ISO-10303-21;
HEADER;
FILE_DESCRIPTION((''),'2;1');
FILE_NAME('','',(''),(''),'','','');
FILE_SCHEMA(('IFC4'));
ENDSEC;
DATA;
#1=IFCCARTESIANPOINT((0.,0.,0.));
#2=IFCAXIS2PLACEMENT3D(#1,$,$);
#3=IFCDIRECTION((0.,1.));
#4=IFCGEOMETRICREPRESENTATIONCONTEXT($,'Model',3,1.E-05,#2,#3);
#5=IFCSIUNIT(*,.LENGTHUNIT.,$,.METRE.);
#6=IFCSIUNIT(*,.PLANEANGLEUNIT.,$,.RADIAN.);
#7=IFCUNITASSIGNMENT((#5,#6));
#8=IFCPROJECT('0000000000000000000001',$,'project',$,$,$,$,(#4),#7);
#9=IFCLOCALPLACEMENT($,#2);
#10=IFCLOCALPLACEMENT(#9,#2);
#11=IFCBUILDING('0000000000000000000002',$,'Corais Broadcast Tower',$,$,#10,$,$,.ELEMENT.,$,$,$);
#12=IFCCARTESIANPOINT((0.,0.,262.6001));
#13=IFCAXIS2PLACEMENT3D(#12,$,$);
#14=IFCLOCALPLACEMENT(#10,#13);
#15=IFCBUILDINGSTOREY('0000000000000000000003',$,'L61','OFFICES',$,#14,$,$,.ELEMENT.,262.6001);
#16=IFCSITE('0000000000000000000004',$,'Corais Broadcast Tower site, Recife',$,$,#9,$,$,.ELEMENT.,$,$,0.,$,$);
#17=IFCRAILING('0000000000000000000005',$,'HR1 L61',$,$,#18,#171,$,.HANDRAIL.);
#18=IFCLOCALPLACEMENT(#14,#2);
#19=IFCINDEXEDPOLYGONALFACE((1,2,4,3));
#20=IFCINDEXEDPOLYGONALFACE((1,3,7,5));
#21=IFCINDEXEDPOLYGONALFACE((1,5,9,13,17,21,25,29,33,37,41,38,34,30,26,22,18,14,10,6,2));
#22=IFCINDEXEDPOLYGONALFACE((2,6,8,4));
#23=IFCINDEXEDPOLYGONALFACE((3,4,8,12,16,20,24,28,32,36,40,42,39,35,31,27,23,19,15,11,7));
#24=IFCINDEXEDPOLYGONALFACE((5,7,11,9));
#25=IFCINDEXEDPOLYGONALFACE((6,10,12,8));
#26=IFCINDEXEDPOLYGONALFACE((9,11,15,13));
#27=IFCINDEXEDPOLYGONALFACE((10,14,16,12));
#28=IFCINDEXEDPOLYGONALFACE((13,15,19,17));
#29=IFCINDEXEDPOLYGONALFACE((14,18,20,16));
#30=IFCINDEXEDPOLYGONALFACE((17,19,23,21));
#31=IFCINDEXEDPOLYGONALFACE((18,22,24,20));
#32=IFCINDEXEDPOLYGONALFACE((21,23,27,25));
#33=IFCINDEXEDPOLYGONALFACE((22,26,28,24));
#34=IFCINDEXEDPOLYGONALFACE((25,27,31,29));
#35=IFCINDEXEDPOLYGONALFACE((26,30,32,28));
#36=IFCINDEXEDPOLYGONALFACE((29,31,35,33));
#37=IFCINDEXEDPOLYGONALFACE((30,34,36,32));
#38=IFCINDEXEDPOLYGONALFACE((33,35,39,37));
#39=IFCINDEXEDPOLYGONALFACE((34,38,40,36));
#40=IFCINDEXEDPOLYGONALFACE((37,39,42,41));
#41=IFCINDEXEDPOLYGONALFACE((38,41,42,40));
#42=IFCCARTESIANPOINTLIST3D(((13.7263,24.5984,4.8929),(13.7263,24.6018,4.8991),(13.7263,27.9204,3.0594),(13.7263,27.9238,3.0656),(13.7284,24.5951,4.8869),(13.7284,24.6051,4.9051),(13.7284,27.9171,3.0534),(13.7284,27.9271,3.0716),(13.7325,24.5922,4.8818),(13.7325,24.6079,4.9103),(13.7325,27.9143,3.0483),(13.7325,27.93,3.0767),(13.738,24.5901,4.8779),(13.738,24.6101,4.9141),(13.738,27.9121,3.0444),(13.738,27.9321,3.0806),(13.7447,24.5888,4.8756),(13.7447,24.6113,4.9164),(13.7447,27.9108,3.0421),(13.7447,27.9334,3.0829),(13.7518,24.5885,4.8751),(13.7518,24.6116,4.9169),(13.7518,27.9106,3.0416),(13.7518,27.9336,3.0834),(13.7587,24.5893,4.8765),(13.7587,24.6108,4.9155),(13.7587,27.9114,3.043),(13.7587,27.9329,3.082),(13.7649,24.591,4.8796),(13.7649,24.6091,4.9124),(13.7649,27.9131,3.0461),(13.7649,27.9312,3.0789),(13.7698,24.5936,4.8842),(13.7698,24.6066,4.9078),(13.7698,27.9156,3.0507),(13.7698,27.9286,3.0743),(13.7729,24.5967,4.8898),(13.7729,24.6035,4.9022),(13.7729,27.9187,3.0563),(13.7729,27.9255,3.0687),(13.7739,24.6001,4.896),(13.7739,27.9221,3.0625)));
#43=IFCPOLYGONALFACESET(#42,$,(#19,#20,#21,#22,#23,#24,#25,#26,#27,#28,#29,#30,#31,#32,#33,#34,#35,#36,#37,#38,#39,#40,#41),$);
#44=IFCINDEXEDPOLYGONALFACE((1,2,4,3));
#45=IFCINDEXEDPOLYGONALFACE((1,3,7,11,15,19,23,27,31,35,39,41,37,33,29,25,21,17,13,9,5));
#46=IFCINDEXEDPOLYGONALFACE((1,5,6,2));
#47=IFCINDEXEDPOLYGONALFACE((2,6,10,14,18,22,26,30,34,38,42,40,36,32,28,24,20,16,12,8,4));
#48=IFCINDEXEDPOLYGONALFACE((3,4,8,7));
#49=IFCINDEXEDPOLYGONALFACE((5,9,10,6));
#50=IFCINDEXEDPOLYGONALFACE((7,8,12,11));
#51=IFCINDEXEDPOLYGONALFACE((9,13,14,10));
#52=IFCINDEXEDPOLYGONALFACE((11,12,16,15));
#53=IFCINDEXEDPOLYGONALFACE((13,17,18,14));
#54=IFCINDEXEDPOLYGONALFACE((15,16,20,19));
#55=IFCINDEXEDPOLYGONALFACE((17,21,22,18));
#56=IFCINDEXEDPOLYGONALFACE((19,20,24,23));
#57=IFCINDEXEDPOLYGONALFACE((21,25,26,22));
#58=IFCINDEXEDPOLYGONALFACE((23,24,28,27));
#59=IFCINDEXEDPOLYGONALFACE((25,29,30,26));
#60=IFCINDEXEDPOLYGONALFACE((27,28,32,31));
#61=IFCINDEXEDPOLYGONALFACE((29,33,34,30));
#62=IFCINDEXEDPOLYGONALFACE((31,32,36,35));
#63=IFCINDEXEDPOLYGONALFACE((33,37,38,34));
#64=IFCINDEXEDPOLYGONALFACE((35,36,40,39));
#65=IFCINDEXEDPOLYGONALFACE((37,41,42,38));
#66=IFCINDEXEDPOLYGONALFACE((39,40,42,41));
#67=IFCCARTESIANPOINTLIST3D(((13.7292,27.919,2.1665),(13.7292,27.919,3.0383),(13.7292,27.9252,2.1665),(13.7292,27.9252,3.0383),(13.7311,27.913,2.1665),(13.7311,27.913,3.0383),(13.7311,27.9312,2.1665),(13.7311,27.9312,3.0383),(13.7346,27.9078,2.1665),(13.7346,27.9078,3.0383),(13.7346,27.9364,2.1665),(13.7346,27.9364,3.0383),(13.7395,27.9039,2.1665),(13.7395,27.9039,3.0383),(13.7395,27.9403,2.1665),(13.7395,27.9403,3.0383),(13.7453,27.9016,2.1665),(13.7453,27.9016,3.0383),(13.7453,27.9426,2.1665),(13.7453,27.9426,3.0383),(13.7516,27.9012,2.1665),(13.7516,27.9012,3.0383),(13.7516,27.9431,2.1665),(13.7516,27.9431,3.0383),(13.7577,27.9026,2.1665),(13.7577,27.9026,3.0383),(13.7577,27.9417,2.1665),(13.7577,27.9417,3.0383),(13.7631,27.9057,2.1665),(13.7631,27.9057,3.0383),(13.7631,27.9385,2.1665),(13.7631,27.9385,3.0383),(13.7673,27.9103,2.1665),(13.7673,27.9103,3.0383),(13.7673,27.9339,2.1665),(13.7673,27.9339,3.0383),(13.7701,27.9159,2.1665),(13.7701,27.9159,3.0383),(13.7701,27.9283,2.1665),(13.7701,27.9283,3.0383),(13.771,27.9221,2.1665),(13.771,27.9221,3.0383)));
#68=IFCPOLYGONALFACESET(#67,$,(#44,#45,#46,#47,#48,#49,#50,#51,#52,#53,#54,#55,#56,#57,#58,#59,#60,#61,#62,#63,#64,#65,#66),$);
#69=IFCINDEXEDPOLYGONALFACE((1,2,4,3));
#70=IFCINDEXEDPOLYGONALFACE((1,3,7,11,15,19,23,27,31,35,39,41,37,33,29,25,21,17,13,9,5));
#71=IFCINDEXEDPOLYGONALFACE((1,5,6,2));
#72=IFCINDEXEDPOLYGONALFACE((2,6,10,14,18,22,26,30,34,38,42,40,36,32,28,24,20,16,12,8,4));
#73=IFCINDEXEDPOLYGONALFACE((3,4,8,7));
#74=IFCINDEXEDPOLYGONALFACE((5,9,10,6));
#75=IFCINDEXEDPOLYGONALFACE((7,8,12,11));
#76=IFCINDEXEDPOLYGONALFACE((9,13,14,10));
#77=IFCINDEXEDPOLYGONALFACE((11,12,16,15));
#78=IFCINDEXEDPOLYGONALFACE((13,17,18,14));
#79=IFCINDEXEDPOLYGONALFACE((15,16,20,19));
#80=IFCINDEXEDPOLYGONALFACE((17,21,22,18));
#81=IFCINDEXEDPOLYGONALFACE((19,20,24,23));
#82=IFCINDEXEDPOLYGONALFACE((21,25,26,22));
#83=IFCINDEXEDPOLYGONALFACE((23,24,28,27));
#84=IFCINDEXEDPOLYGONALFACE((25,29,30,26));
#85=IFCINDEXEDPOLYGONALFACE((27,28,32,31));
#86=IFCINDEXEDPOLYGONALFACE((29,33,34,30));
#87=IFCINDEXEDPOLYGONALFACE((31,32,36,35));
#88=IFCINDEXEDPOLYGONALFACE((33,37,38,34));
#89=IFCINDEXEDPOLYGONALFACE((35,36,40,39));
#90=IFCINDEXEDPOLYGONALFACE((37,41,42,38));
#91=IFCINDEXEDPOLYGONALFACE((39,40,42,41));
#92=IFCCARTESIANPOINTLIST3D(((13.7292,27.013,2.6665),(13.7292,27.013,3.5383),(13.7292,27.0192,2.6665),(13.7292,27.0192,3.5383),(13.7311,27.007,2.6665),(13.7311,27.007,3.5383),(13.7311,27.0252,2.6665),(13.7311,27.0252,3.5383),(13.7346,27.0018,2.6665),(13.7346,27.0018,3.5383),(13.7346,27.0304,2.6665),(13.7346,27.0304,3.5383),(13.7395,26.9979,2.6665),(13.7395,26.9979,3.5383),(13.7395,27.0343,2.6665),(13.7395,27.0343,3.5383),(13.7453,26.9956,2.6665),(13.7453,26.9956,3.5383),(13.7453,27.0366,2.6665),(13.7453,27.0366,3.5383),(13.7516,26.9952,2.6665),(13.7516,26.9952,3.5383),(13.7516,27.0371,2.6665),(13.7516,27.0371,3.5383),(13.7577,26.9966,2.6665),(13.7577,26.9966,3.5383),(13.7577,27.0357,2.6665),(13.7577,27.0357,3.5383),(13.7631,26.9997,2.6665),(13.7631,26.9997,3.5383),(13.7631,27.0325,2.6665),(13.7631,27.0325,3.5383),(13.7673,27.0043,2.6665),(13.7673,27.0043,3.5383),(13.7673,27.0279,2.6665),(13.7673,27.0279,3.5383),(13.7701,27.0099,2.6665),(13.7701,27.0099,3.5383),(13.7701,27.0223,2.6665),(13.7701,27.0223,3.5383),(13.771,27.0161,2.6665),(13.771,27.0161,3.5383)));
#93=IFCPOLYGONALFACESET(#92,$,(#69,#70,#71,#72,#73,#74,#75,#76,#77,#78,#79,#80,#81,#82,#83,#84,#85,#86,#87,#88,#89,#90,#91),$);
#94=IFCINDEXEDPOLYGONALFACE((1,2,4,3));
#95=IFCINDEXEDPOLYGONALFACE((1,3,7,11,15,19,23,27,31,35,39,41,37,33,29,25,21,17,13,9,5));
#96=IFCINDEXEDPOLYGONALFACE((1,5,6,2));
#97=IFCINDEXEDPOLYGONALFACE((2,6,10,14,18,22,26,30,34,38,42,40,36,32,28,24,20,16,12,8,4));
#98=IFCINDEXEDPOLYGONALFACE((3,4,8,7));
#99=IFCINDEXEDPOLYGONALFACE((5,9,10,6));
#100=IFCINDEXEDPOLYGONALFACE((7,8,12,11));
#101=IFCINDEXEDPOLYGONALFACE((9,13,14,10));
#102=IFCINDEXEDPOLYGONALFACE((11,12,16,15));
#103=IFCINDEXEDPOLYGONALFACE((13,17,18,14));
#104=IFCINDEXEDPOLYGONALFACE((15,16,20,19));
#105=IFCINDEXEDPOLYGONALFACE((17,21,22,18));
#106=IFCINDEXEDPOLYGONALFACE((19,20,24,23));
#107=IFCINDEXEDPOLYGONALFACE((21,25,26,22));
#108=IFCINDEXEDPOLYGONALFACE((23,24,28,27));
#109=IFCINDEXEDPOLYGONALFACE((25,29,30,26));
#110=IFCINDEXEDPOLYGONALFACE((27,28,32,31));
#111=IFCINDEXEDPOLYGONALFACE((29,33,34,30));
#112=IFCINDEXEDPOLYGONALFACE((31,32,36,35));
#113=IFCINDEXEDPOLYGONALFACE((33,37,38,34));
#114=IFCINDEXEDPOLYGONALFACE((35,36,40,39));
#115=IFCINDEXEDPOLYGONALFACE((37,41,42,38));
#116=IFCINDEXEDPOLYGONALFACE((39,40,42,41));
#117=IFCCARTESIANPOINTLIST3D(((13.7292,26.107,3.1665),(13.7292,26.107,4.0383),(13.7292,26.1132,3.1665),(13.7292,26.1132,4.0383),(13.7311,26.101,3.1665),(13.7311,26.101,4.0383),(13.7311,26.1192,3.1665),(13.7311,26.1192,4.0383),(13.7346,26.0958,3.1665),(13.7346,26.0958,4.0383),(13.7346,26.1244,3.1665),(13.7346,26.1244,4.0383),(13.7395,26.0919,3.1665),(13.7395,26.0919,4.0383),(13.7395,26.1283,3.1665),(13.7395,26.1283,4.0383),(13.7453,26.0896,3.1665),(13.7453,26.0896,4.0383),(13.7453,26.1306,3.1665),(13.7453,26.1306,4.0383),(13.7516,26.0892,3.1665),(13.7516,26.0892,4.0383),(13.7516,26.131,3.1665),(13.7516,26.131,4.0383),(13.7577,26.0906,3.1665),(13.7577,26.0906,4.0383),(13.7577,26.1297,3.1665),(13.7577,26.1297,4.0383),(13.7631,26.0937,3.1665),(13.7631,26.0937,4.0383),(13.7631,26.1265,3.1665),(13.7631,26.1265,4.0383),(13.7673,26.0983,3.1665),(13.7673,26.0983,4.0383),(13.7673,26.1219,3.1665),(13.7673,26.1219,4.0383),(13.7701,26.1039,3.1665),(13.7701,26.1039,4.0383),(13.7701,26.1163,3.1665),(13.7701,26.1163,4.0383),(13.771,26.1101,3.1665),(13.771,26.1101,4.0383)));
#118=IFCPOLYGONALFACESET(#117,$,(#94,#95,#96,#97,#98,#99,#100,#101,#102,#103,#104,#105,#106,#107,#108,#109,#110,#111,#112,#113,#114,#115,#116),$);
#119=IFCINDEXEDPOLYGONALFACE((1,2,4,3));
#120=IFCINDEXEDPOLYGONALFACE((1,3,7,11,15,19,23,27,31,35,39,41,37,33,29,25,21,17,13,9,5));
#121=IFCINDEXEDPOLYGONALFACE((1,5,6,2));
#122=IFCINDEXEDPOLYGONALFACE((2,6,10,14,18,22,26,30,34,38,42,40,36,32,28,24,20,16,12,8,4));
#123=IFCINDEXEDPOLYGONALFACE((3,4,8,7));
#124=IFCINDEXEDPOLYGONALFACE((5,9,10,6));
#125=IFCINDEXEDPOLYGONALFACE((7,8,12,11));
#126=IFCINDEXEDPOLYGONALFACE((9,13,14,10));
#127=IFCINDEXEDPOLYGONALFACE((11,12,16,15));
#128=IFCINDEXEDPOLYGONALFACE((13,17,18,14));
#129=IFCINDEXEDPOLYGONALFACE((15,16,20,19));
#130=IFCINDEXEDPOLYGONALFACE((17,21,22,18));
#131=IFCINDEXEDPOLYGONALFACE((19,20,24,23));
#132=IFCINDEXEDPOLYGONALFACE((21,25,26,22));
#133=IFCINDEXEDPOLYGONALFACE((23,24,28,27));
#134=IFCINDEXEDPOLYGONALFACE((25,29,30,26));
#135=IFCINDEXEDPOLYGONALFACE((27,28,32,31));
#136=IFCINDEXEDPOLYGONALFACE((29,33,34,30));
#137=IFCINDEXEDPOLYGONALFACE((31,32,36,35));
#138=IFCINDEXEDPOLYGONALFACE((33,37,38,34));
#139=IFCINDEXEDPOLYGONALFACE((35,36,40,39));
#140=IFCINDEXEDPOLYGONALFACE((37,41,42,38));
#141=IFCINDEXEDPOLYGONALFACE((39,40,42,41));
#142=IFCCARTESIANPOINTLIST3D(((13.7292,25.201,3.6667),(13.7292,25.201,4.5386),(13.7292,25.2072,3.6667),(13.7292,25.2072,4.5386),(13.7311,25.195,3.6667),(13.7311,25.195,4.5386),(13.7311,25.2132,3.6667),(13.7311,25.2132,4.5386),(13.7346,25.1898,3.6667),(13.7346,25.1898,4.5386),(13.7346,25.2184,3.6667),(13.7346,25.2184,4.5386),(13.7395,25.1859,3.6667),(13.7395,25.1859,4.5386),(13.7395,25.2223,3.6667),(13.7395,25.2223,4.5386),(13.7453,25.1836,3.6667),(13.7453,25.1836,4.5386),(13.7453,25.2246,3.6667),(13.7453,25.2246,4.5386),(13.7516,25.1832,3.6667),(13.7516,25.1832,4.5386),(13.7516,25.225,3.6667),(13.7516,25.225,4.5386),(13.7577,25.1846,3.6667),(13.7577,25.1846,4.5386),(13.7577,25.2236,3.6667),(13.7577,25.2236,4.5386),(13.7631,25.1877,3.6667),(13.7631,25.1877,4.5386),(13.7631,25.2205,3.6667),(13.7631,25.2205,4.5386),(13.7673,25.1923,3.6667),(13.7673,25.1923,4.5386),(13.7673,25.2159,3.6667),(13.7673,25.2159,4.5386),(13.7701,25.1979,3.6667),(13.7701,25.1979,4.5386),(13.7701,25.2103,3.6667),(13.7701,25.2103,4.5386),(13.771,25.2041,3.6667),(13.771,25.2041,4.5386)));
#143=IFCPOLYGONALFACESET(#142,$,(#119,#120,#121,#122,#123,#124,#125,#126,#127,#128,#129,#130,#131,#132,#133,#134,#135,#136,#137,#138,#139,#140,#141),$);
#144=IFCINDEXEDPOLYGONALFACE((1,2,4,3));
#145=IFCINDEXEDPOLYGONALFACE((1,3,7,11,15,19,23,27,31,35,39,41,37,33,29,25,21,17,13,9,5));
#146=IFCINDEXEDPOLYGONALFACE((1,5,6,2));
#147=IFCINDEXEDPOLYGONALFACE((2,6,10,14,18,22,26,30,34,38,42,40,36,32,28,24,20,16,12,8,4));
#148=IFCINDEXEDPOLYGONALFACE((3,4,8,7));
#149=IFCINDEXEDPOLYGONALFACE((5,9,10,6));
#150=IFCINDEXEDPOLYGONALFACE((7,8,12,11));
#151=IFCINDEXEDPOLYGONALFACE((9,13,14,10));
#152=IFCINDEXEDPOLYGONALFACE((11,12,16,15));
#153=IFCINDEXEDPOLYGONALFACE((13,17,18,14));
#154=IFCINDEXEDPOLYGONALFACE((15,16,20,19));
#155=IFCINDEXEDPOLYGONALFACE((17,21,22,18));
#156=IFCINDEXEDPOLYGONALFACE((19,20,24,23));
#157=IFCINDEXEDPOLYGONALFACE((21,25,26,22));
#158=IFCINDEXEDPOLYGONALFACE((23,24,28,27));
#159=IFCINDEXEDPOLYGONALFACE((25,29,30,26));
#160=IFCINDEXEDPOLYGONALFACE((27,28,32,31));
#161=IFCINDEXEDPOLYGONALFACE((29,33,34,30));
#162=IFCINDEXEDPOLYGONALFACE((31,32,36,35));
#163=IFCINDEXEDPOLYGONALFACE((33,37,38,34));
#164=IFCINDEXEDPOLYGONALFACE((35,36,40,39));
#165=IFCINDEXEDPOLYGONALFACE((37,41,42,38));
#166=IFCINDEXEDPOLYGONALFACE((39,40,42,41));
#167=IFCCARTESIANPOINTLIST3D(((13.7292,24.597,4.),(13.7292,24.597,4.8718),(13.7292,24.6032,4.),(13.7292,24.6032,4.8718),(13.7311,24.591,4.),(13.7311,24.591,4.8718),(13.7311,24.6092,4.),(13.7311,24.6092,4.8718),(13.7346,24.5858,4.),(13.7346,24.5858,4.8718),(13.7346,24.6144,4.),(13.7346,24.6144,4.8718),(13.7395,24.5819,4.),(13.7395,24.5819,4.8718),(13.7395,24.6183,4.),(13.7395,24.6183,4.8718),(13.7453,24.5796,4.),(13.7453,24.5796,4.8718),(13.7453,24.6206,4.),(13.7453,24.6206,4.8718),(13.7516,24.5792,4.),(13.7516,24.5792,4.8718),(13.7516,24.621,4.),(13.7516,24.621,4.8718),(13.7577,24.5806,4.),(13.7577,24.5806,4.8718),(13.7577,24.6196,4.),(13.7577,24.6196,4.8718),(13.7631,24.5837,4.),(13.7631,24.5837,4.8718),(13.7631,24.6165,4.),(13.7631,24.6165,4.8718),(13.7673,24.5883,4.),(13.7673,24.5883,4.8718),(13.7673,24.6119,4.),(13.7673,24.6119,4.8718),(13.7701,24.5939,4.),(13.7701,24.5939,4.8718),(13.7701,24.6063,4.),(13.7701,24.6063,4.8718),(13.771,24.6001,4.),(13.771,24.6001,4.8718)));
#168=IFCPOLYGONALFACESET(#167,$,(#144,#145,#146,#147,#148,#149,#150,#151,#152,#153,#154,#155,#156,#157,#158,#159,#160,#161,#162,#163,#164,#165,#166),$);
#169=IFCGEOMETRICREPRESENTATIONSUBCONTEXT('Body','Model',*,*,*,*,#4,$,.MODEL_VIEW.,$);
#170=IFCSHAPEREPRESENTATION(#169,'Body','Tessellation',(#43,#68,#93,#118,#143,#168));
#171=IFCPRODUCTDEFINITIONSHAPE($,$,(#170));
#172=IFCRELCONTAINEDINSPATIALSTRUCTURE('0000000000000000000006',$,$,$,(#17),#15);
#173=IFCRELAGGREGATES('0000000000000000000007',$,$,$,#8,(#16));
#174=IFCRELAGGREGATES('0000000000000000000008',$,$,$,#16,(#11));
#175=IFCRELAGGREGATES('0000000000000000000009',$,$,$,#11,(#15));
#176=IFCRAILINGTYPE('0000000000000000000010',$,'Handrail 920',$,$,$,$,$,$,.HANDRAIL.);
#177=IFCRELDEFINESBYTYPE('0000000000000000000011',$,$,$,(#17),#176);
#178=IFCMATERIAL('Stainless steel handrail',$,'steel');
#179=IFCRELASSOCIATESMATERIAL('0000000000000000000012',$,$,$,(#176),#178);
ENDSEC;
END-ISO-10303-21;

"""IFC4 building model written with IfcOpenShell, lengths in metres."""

from ifc_helpers import new_model, si_unit, direction, frame, origin, origin_2d, place, context, subcontext, project, spatial, circle, extrude, material, type_object, element, save


model = new_model("IFC4")

# Units and contexts
model_context = context("Model", 3, precision=1e-05, world=origin(), true_north=direction((0.0, 1.0)))
body_context = subcontext(model_context, "Body", "Model", "MODEL_VIEW")
ifc_project = project(units=[si_unit("LENGTHUNIT", "METRE"), si_unit("PLANEANGLEUNIT", "RADIAN")], contexts=[model_context])

# Site, building, storey
site_placement = place(None, origin())
site = spatial("IfcSite", under=ifc_project, at=site_placement, Name="Corais Broadcast Tower site, Recife", CompositionType="ELEMENT", RefElevation=0.0)
building_placement = place(site_placement, origin())
building = spatial("IfcBuilding", under=site, at=building_placement, Name="Corais Broadcast Tower", CompositionType="ELEMENT")
storey_placement = place(building_placement, frame((0.0, 0.0, 262.6001)))
storey = spatial("IfcBuildingStorey", under=building, at=storey_placement, Name="L61", Description="OFFICES", CompositionType="ELEMENT", Elevation=262.6001)

# Railing
ifc_material_1 = material(Name="Stainless steel handrail", Category="steel")
railing_type = type_object("IfcRailingType", Name="Handrail 920", PredefinedType="HANDRAIL", material=ifc_material_1)
for number, where, name in (
    (1, (13.75, 27.9221, 2.1665), "HR1 L61"),
):
    element("IfcRailing", number, at=place(storey_placement, frame(where)), inside=storey, type_object=railing_type, Name=name, PredefinedType="HANDRAIL", context=body_context, shape_type="SweptSolid", body=[
        extrude(circle(Radius=0.0239, at=origin_2d()), frame((0.0, 0.0, 0.896), z_axis=(0.0, -0.875504, 0.48321), x_axis=(1.0, 0.0, 0.0)), (0.0, 0.0, 1.0), 3.7944),
        extrude(circle(Radius=0.021, at=origin_2d()), origin(), (0.0, 0.0, 1.0), 0.8718),
        extrude(circle(Radius=0.021, at=origin_2d()), frame((0.0, -0.906, 0.5)), (0.0, 0.0, 1.0), 0.8718),
        extrude(circle(Radius=0.021, at=origin_2d()), frame((0.0, -1.812, 1.0)), (0.0, 0.0, 1.0), 0.8718),
        extrude(circle(Radius=0.021, at=origin_2d()), frame((0.0, -2.718, 1.5002)), (0.0, 0.0, 1.0), 0.8718),
        extrude(circle(Radius=0.021, at=origin_2d()), frame((0.0, -3.322, 1.8335)), (0.0, 0.0, 1.0), 0.8718),
    ])

save(model, "model.ifc")
